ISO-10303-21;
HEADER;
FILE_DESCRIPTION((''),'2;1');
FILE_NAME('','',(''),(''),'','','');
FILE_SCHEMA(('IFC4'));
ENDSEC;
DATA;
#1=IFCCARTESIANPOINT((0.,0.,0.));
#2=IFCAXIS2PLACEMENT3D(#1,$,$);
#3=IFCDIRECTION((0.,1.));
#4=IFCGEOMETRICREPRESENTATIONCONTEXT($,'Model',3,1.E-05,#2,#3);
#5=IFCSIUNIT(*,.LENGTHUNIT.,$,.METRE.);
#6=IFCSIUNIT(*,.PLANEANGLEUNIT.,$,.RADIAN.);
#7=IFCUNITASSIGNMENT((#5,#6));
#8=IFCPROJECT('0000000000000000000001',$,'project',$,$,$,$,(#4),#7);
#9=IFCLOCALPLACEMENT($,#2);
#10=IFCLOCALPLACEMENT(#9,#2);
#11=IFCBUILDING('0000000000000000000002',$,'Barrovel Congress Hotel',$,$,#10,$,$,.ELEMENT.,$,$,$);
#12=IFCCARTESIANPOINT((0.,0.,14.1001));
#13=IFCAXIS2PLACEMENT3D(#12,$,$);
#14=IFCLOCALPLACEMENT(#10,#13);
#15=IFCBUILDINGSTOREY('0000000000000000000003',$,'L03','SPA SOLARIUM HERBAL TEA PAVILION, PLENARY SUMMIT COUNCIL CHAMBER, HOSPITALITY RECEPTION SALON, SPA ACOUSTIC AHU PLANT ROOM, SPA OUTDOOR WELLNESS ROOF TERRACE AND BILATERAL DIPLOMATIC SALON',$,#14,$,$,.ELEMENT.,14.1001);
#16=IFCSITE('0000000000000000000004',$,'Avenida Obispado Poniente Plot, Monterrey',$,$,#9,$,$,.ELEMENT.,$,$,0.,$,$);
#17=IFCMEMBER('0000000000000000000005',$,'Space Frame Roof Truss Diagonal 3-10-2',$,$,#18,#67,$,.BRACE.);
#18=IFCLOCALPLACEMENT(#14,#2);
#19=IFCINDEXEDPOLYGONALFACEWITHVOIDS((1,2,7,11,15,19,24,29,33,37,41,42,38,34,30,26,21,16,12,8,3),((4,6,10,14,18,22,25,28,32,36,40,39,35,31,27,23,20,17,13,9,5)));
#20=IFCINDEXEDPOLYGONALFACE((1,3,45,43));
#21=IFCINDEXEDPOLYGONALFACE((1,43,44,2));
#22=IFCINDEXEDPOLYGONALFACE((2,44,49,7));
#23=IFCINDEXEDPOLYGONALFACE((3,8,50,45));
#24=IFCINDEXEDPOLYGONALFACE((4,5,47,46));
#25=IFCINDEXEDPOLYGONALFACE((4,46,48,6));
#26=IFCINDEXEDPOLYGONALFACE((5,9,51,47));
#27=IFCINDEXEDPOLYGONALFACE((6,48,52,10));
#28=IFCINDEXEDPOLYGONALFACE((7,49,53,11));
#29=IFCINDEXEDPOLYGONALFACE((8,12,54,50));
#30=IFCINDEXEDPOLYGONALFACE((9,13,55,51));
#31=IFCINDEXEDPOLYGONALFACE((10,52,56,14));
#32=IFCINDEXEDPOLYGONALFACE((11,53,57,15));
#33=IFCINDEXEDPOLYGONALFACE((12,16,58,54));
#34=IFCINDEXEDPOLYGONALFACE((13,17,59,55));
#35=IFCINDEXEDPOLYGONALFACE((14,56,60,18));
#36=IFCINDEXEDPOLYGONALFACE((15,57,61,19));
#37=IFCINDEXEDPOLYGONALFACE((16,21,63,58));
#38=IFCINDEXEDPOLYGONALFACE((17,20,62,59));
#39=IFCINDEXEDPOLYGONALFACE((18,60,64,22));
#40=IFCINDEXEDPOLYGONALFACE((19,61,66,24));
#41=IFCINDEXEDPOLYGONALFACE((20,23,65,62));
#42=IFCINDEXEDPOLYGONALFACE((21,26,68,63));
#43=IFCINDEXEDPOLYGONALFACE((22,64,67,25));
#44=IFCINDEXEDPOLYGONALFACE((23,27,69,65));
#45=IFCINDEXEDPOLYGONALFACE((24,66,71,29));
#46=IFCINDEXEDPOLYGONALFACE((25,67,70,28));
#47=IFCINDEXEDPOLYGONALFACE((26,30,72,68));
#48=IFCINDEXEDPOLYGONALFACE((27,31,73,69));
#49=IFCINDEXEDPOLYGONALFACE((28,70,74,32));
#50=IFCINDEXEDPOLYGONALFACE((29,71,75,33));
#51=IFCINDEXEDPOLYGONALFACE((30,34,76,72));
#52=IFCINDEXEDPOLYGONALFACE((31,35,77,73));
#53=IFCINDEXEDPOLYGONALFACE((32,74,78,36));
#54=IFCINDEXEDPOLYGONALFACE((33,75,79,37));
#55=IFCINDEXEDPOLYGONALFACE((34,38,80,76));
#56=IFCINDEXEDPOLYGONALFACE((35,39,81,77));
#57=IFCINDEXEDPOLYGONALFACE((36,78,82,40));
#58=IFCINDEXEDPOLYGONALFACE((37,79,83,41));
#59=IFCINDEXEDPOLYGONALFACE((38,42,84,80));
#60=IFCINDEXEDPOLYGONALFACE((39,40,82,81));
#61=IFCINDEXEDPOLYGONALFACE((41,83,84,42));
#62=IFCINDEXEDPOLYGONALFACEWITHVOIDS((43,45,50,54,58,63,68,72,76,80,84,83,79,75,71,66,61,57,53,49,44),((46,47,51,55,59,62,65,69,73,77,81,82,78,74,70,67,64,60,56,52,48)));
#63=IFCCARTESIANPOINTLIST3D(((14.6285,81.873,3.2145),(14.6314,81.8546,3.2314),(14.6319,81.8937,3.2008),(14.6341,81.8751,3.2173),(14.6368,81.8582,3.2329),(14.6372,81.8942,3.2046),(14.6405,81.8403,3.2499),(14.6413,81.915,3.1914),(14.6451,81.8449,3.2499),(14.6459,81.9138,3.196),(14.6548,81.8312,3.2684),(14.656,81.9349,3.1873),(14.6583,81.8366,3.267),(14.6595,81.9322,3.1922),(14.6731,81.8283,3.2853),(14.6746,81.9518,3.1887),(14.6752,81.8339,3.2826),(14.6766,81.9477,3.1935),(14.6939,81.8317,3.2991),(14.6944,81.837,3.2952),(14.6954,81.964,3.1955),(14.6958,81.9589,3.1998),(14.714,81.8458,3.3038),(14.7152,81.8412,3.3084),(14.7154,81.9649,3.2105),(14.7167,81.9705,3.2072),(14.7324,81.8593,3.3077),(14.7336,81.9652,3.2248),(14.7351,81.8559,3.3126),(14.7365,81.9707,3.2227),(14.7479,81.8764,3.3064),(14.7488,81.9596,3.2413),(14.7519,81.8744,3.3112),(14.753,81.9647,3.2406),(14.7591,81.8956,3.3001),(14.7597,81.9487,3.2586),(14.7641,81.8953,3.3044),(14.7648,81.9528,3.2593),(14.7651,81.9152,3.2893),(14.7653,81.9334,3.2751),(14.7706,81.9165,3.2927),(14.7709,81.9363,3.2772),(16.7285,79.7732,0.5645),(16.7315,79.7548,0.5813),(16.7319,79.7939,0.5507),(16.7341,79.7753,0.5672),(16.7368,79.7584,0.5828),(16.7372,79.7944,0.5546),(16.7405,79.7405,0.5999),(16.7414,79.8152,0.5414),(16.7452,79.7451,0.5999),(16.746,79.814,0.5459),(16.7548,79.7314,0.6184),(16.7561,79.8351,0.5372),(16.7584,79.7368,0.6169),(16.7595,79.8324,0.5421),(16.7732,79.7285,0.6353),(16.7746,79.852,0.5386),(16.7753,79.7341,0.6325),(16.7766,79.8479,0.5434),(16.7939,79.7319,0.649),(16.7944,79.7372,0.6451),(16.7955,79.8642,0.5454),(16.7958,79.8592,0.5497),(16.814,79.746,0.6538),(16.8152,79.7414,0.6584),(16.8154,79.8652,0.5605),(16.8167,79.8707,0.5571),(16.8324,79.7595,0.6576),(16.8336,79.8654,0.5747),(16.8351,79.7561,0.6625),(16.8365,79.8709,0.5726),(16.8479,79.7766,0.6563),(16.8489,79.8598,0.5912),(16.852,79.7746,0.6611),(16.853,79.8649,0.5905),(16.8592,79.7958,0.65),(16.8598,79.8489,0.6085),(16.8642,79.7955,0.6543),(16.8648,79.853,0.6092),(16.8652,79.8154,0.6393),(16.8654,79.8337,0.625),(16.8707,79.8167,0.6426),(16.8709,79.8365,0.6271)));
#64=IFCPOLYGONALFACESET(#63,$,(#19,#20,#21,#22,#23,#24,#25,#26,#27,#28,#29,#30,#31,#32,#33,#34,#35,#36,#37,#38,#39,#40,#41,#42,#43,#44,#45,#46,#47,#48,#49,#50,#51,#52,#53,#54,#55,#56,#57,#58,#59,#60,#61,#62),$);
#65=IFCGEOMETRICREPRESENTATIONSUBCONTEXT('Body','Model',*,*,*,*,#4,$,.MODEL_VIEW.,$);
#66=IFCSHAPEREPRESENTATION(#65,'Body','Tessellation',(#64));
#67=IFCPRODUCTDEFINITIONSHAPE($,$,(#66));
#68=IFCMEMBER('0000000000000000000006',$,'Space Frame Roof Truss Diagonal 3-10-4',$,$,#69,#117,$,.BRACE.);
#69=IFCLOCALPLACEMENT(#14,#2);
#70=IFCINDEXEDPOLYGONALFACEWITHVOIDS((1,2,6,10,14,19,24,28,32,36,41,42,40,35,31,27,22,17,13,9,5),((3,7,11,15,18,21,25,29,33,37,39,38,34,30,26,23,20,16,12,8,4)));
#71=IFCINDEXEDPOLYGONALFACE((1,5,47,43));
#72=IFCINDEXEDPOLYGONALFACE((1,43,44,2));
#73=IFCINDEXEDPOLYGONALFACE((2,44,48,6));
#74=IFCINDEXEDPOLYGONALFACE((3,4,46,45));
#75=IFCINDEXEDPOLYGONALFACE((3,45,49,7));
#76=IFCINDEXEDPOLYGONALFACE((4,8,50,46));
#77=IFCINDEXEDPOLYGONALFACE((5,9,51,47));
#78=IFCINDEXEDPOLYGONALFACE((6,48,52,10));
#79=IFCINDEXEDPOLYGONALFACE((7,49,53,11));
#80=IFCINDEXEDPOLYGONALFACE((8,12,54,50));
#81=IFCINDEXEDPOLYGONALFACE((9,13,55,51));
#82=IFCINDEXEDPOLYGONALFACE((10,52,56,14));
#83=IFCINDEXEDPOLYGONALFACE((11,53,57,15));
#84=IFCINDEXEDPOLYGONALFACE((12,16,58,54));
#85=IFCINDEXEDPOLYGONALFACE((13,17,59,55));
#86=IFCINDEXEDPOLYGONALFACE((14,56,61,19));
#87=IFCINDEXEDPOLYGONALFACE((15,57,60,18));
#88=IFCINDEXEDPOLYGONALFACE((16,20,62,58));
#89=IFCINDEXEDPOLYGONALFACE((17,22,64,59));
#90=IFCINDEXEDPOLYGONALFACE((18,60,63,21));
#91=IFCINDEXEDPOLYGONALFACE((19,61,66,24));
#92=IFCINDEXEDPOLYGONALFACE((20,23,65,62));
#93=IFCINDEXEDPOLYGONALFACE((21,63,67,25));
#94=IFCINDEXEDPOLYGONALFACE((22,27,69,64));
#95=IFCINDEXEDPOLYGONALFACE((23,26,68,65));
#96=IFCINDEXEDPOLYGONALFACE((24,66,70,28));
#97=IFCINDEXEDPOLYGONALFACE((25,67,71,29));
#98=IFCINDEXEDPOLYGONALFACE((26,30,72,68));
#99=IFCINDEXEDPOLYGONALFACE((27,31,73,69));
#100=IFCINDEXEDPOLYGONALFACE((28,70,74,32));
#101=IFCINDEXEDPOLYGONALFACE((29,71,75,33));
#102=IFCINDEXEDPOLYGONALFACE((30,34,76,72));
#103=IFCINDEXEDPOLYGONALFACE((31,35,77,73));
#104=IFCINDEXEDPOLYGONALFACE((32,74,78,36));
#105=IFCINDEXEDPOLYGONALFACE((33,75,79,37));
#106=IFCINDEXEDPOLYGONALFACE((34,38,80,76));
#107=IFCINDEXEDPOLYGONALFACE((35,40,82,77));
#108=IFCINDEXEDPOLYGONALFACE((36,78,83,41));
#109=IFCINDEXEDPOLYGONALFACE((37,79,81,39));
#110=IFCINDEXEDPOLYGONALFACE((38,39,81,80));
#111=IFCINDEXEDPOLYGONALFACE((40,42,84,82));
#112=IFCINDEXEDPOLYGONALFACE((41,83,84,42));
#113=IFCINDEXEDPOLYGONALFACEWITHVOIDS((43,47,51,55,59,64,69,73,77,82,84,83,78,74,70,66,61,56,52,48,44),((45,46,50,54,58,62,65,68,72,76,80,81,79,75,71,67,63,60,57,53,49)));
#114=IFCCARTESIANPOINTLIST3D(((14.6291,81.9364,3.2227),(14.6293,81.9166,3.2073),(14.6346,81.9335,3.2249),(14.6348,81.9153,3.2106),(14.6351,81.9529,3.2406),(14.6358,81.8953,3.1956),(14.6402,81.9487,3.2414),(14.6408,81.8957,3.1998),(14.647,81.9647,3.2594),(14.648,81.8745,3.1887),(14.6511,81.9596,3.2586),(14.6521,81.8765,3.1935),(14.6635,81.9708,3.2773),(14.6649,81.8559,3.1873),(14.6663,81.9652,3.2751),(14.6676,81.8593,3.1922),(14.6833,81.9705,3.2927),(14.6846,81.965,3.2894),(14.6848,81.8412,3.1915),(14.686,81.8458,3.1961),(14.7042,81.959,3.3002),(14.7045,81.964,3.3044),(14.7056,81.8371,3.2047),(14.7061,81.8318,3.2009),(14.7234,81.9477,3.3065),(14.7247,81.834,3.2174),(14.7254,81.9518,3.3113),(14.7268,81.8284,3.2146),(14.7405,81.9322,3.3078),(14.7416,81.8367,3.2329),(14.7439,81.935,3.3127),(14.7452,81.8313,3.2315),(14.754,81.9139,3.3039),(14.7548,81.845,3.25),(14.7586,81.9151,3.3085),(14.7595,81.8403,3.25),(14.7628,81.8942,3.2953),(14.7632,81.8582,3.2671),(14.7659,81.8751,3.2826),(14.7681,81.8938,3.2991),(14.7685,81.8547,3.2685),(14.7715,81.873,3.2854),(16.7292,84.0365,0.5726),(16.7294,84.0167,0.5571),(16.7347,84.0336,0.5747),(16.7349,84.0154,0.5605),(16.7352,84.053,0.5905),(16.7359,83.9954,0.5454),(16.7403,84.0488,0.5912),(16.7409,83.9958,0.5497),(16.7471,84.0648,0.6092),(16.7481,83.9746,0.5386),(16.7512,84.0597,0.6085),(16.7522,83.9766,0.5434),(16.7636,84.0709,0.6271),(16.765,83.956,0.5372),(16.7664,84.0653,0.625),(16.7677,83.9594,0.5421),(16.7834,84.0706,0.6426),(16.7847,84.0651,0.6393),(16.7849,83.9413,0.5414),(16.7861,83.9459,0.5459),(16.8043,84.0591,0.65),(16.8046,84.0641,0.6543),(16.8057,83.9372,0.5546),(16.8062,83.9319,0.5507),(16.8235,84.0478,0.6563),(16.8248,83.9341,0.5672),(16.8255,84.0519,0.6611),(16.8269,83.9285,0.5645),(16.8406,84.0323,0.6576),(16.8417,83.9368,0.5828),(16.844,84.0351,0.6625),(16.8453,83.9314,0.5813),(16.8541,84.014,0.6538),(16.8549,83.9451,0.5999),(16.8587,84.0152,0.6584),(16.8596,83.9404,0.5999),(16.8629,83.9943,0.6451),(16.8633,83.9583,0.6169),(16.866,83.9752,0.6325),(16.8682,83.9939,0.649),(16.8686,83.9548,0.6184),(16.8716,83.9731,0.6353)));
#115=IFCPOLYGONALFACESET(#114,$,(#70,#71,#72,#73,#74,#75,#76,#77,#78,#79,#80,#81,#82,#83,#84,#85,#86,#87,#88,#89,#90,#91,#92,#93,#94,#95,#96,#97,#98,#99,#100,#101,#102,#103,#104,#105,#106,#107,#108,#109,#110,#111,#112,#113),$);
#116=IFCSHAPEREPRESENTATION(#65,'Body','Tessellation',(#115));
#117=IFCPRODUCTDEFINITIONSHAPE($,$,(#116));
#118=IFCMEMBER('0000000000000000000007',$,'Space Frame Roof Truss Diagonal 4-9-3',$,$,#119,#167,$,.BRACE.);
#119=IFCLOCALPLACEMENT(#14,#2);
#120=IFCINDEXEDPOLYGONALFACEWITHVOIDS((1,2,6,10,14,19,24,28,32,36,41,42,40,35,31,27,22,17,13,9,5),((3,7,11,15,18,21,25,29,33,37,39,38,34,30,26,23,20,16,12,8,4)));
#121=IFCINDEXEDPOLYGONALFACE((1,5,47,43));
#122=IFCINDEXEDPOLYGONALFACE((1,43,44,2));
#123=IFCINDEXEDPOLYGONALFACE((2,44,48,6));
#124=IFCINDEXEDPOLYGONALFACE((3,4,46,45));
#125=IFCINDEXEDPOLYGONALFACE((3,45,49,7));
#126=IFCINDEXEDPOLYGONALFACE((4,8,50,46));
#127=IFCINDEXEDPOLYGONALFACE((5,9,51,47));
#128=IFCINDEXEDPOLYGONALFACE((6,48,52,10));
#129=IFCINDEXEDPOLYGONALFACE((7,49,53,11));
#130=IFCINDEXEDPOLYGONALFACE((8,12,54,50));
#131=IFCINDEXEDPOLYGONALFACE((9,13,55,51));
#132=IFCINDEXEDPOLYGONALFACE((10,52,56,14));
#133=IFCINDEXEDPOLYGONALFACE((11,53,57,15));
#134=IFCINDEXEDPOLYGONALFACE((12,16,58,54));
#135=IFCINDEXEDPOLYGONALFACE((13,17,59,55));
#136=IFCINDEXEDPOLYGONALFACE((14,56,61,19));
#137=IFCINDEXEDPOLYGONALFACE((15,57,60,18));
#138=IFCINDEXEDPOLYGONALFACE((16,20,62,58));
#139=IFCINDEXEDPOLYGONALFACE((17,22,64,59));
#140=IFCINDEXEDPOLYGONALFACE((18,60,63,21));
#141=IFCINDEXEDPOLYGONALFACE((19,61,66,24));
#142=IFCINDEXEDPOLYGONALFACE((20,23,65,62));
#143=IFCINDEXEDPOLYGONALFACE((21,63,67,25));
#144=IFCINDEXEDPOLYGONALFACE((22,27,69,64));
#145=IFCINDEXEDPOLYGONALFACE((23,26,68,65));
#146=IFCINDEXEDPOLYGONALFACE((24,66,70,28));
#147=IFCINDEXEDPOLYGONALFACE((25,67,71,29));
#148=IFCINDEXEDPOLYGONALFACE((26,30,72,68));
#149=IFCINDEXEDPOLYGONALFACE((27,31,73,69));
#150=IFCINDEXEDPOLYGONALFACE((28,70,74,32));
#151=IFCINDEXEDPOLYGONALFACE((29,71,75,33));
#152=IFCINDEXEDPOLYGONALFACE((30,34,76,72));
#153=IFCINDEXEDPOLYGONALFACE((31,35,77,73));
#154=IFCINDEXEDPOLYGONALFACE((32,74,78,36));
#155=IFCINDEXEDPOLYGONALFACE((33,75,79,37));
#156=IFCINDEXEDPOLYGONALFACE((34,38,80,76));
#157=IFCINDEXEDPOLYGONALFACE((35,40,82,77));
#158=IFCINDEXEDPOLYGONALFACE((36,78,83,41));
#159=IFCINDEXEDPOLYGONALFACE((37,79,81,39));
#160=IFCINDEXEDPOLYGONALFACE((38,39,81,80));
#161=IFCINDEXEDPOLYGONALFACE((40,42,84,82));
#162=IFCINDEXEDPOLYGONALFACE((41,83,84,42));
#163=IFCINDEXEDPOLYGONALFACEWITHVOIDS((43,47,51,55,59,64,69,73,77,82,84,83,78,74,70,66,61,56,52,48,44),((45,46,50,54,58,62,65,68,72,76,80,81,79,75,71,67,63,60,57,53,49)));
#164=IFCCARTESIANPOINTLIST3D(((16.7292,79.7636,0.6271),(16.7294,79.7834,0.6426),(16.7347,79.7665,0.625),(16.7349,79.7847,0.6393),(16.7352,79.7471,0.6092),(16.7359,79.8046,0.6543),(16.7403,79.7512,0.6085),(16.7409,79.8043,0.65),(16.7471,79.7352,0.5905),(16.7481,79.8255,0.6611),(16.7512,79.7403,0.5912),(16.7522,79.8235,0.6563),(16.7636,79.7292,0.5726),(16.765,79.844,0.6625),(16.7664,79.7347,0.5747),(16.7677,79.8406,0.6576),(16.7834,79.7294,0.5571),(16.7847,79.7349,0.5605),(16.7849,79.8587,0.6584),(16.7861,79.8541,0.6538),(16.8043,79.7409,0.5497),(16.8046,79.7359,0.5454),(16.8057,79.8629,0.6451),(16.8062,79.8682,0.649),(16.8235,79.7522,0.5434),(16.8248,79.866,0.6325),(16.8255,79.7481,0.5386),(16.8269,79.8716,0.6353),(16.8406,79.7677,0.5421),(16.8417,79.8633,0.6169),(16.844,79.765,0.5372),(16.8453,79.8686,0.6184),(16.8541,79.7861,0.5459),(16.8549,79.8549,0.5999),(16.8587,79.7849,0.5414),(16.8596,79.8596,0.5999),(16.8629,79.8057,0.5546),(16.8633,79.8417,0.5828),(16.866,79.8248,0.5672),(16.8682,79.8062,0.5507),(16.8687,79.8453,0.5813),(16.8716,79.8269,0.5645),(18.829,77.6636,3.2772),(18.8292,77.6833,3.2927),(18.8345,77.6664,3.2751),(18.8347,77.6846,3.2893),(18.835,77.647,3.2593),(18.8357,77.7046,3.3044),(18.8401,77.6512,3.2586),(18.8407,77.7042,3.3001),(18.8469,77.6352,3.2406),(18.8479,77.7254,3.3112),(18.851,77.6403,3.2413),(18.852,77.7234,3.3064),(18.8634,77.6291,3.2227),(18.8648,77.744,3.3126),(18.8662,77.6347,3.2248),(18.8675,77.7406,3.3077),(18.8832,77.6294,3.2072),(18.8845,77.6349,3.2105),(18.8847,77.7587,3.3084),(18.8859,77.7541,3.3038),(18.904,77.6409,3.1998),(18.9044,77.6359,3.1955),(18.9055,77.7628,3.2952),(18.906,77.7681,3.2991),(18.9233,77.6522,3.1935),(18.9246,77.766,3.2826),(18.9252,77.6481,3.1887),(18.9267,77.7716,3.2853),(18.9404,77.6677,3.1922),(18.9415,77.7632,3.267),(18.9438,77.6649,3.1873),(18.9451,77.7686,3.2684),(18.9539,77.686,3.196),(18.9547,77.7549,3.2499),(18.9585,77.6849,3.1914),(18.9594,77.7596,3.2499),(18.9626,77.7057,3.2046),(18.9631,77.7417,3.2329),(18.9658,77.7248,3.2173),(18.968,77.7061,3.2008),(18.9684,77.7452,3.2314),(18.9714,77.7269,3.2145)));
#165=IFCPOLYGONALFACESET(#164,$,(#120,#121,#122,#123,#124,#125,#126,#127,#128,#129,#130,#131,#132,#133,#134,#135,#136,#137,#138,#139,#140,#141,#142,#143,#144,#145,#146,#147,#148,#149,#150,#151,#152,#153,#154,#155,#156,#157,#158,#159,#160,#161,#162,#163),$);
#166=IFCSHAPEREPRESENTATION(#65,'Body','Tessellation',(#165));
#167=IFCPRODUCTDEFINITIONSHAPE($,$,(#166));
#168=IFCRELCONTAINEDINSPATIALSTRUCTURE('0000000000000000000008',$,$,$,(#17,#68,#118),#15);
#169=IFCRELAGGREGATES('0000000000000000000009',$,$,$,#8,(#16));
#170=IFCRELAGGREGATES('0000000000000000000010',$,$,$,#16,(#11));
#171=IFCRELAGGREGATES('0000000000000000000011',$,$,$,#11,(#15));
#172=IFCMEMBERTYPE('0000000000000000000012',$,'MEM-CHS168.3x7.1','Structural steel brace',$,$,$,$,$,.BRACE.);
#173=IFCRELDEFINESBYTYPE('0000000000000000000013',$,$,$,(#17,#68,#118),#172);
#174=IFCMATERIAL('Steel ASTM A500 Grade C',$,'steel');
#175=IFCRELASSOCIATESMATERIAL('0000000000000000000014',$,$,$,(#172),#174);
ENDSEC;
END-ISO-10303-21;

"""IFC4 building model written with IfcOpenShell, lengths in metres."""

from ifc_helpers import new_model, si_unit, direction, frame, origin, origin_2d, place, context, subcontext, project, spatial, hollow_circle, extrude, material, material_profile, profile_set, type_object, element, save


model = new_model("IFC4")

# Units and contexts
model_context = context("Model", 3, precision=1e-05, world=origin(), true_north=direction((0.0, 1.0)))
body_context = subcontext(model_context, "Body", "Model", "MODEL_VIEW")
ifc_project = project(units=[si_unit("LENGTHUNIT", "METRE"), si_unit("PLANEANGLEUNIT", "RADIAN")], contexts=[model_context])

# Site, building, storey
site_placement = place(None, origin())
site = spatial("IfcSite", under=ifc_project, at=site_placement, Name="Avenida Obispado Poniente Plot, Monterrey", CompositionType="ELEMENT", RefElevation=0.0)
building_placement = place(site_placement, origin())
building = spatial("IfcBuilding", under=site, at=building_placement, Name="Barrovel Congress Hotel", CompositionType="ELEMENT")
storey_placement = place(building_placement, frame((0.0, 0.0, 14.1001)))
storey = spatial("IfcBuildingStorey", under=building, at=storey_placement, Name="L03", Description="SPA SOLARIUM HERBAL TEA PAVILION, PLENARY SUMMIT COUNCIL CHAMBER, HOSPITALITY RECEPTION SALON, SPA ACOUSTIC AHU PLANT ROOM, SPA OUTDOOR WELLNESS ROOF TERRACE AND BILATERAL DIPLOMATIC SALON", CompositionType="ELEMENT", Elevation=14.1001)

# Members
ifc_material_1 = material(Name="Steel ASTM A500 Grade C", Category="steel")
ifc_material_profile_1 = material_profile(ifc_material_1, hollow_circle(Radius=0.0842, WallThickness=0.0066, at=origin_2d()), Name="CHS168.3x7.1")
ifc_profile_set_1 = profile_set([ifc_material_profile_1], Name="Steel ASTM A500 Grade C")
member_type_1 = type_object("IfcMemberType", Name="MEM-CHS168.3x7.1", Description="Structural steel brace", PredefinedType="BRACE", material=ifc_profile_set_1)
member_1_placement = place(storey_placement, frame((16.8, 79.8, 0.5999), z_axis=(-0.527618, 0.527557, 0.66581), x_axis=(-0.707066, -0.707148, 0.0)))
element("IfcMember", 1, at=member_1_placement, inside=storey, type_object=member_type_1, Name="Space Frame Roof Truss Diagonal 3-10-2", PredefinedType="BRACE", context=body_context, shape_type="SweptSolid", body=[
    extrude(hollow_circle(Radius=0.0842, WallThickness=0.0066, at=origin_2d()), origin(), (0.0, 0.0, 1.0), 3.9802),
])
member_2_placement = place(storey_placement, frame((16.8, 84.0, 0.5999), z_axis=(-0.527601, -0.527601, 0.665788), x_axis=(0.707107, -0.707107, 0.0)))
element("IfcMember", 2, at=member_2_placement, inside=storey, type_object=member_type_1, Name="Space Frame Roof Truss Diagonal 3-10-4", PredefinedType="BRACE", context=body_context, shape_type="SweptSolid", body=[
    extrude(hollow_circle(Radius=0.0842, WallThickness=0.0066, at=origin_2d()), origin(), (0.0, 0.0, 1.0), 3.9805),
])
member_3_placement = place(storey_placement, frame((16.8, 79.8, 0.5999), z_axis=(0.527557, -0.527618, 0.66581), x_axis=(0.707148, 0.707066, 0.0)))
element("IfcMember", 3, at=member_3_placement, inside=storey, type_object=member_type_1, Name="Space Frame Roof Truss Diagonal 4-9-3", PredefinedType="BRACE", context=body_context, shape_type="SweptSolid", body=[
    extrude(hollow_circle(Radius=0.0842, WallThickness=0.0066, at=origin_2d()), origin(), (0.0, 0.0, 1.0), 3.9802),
])

save(model, "model.ifc")
